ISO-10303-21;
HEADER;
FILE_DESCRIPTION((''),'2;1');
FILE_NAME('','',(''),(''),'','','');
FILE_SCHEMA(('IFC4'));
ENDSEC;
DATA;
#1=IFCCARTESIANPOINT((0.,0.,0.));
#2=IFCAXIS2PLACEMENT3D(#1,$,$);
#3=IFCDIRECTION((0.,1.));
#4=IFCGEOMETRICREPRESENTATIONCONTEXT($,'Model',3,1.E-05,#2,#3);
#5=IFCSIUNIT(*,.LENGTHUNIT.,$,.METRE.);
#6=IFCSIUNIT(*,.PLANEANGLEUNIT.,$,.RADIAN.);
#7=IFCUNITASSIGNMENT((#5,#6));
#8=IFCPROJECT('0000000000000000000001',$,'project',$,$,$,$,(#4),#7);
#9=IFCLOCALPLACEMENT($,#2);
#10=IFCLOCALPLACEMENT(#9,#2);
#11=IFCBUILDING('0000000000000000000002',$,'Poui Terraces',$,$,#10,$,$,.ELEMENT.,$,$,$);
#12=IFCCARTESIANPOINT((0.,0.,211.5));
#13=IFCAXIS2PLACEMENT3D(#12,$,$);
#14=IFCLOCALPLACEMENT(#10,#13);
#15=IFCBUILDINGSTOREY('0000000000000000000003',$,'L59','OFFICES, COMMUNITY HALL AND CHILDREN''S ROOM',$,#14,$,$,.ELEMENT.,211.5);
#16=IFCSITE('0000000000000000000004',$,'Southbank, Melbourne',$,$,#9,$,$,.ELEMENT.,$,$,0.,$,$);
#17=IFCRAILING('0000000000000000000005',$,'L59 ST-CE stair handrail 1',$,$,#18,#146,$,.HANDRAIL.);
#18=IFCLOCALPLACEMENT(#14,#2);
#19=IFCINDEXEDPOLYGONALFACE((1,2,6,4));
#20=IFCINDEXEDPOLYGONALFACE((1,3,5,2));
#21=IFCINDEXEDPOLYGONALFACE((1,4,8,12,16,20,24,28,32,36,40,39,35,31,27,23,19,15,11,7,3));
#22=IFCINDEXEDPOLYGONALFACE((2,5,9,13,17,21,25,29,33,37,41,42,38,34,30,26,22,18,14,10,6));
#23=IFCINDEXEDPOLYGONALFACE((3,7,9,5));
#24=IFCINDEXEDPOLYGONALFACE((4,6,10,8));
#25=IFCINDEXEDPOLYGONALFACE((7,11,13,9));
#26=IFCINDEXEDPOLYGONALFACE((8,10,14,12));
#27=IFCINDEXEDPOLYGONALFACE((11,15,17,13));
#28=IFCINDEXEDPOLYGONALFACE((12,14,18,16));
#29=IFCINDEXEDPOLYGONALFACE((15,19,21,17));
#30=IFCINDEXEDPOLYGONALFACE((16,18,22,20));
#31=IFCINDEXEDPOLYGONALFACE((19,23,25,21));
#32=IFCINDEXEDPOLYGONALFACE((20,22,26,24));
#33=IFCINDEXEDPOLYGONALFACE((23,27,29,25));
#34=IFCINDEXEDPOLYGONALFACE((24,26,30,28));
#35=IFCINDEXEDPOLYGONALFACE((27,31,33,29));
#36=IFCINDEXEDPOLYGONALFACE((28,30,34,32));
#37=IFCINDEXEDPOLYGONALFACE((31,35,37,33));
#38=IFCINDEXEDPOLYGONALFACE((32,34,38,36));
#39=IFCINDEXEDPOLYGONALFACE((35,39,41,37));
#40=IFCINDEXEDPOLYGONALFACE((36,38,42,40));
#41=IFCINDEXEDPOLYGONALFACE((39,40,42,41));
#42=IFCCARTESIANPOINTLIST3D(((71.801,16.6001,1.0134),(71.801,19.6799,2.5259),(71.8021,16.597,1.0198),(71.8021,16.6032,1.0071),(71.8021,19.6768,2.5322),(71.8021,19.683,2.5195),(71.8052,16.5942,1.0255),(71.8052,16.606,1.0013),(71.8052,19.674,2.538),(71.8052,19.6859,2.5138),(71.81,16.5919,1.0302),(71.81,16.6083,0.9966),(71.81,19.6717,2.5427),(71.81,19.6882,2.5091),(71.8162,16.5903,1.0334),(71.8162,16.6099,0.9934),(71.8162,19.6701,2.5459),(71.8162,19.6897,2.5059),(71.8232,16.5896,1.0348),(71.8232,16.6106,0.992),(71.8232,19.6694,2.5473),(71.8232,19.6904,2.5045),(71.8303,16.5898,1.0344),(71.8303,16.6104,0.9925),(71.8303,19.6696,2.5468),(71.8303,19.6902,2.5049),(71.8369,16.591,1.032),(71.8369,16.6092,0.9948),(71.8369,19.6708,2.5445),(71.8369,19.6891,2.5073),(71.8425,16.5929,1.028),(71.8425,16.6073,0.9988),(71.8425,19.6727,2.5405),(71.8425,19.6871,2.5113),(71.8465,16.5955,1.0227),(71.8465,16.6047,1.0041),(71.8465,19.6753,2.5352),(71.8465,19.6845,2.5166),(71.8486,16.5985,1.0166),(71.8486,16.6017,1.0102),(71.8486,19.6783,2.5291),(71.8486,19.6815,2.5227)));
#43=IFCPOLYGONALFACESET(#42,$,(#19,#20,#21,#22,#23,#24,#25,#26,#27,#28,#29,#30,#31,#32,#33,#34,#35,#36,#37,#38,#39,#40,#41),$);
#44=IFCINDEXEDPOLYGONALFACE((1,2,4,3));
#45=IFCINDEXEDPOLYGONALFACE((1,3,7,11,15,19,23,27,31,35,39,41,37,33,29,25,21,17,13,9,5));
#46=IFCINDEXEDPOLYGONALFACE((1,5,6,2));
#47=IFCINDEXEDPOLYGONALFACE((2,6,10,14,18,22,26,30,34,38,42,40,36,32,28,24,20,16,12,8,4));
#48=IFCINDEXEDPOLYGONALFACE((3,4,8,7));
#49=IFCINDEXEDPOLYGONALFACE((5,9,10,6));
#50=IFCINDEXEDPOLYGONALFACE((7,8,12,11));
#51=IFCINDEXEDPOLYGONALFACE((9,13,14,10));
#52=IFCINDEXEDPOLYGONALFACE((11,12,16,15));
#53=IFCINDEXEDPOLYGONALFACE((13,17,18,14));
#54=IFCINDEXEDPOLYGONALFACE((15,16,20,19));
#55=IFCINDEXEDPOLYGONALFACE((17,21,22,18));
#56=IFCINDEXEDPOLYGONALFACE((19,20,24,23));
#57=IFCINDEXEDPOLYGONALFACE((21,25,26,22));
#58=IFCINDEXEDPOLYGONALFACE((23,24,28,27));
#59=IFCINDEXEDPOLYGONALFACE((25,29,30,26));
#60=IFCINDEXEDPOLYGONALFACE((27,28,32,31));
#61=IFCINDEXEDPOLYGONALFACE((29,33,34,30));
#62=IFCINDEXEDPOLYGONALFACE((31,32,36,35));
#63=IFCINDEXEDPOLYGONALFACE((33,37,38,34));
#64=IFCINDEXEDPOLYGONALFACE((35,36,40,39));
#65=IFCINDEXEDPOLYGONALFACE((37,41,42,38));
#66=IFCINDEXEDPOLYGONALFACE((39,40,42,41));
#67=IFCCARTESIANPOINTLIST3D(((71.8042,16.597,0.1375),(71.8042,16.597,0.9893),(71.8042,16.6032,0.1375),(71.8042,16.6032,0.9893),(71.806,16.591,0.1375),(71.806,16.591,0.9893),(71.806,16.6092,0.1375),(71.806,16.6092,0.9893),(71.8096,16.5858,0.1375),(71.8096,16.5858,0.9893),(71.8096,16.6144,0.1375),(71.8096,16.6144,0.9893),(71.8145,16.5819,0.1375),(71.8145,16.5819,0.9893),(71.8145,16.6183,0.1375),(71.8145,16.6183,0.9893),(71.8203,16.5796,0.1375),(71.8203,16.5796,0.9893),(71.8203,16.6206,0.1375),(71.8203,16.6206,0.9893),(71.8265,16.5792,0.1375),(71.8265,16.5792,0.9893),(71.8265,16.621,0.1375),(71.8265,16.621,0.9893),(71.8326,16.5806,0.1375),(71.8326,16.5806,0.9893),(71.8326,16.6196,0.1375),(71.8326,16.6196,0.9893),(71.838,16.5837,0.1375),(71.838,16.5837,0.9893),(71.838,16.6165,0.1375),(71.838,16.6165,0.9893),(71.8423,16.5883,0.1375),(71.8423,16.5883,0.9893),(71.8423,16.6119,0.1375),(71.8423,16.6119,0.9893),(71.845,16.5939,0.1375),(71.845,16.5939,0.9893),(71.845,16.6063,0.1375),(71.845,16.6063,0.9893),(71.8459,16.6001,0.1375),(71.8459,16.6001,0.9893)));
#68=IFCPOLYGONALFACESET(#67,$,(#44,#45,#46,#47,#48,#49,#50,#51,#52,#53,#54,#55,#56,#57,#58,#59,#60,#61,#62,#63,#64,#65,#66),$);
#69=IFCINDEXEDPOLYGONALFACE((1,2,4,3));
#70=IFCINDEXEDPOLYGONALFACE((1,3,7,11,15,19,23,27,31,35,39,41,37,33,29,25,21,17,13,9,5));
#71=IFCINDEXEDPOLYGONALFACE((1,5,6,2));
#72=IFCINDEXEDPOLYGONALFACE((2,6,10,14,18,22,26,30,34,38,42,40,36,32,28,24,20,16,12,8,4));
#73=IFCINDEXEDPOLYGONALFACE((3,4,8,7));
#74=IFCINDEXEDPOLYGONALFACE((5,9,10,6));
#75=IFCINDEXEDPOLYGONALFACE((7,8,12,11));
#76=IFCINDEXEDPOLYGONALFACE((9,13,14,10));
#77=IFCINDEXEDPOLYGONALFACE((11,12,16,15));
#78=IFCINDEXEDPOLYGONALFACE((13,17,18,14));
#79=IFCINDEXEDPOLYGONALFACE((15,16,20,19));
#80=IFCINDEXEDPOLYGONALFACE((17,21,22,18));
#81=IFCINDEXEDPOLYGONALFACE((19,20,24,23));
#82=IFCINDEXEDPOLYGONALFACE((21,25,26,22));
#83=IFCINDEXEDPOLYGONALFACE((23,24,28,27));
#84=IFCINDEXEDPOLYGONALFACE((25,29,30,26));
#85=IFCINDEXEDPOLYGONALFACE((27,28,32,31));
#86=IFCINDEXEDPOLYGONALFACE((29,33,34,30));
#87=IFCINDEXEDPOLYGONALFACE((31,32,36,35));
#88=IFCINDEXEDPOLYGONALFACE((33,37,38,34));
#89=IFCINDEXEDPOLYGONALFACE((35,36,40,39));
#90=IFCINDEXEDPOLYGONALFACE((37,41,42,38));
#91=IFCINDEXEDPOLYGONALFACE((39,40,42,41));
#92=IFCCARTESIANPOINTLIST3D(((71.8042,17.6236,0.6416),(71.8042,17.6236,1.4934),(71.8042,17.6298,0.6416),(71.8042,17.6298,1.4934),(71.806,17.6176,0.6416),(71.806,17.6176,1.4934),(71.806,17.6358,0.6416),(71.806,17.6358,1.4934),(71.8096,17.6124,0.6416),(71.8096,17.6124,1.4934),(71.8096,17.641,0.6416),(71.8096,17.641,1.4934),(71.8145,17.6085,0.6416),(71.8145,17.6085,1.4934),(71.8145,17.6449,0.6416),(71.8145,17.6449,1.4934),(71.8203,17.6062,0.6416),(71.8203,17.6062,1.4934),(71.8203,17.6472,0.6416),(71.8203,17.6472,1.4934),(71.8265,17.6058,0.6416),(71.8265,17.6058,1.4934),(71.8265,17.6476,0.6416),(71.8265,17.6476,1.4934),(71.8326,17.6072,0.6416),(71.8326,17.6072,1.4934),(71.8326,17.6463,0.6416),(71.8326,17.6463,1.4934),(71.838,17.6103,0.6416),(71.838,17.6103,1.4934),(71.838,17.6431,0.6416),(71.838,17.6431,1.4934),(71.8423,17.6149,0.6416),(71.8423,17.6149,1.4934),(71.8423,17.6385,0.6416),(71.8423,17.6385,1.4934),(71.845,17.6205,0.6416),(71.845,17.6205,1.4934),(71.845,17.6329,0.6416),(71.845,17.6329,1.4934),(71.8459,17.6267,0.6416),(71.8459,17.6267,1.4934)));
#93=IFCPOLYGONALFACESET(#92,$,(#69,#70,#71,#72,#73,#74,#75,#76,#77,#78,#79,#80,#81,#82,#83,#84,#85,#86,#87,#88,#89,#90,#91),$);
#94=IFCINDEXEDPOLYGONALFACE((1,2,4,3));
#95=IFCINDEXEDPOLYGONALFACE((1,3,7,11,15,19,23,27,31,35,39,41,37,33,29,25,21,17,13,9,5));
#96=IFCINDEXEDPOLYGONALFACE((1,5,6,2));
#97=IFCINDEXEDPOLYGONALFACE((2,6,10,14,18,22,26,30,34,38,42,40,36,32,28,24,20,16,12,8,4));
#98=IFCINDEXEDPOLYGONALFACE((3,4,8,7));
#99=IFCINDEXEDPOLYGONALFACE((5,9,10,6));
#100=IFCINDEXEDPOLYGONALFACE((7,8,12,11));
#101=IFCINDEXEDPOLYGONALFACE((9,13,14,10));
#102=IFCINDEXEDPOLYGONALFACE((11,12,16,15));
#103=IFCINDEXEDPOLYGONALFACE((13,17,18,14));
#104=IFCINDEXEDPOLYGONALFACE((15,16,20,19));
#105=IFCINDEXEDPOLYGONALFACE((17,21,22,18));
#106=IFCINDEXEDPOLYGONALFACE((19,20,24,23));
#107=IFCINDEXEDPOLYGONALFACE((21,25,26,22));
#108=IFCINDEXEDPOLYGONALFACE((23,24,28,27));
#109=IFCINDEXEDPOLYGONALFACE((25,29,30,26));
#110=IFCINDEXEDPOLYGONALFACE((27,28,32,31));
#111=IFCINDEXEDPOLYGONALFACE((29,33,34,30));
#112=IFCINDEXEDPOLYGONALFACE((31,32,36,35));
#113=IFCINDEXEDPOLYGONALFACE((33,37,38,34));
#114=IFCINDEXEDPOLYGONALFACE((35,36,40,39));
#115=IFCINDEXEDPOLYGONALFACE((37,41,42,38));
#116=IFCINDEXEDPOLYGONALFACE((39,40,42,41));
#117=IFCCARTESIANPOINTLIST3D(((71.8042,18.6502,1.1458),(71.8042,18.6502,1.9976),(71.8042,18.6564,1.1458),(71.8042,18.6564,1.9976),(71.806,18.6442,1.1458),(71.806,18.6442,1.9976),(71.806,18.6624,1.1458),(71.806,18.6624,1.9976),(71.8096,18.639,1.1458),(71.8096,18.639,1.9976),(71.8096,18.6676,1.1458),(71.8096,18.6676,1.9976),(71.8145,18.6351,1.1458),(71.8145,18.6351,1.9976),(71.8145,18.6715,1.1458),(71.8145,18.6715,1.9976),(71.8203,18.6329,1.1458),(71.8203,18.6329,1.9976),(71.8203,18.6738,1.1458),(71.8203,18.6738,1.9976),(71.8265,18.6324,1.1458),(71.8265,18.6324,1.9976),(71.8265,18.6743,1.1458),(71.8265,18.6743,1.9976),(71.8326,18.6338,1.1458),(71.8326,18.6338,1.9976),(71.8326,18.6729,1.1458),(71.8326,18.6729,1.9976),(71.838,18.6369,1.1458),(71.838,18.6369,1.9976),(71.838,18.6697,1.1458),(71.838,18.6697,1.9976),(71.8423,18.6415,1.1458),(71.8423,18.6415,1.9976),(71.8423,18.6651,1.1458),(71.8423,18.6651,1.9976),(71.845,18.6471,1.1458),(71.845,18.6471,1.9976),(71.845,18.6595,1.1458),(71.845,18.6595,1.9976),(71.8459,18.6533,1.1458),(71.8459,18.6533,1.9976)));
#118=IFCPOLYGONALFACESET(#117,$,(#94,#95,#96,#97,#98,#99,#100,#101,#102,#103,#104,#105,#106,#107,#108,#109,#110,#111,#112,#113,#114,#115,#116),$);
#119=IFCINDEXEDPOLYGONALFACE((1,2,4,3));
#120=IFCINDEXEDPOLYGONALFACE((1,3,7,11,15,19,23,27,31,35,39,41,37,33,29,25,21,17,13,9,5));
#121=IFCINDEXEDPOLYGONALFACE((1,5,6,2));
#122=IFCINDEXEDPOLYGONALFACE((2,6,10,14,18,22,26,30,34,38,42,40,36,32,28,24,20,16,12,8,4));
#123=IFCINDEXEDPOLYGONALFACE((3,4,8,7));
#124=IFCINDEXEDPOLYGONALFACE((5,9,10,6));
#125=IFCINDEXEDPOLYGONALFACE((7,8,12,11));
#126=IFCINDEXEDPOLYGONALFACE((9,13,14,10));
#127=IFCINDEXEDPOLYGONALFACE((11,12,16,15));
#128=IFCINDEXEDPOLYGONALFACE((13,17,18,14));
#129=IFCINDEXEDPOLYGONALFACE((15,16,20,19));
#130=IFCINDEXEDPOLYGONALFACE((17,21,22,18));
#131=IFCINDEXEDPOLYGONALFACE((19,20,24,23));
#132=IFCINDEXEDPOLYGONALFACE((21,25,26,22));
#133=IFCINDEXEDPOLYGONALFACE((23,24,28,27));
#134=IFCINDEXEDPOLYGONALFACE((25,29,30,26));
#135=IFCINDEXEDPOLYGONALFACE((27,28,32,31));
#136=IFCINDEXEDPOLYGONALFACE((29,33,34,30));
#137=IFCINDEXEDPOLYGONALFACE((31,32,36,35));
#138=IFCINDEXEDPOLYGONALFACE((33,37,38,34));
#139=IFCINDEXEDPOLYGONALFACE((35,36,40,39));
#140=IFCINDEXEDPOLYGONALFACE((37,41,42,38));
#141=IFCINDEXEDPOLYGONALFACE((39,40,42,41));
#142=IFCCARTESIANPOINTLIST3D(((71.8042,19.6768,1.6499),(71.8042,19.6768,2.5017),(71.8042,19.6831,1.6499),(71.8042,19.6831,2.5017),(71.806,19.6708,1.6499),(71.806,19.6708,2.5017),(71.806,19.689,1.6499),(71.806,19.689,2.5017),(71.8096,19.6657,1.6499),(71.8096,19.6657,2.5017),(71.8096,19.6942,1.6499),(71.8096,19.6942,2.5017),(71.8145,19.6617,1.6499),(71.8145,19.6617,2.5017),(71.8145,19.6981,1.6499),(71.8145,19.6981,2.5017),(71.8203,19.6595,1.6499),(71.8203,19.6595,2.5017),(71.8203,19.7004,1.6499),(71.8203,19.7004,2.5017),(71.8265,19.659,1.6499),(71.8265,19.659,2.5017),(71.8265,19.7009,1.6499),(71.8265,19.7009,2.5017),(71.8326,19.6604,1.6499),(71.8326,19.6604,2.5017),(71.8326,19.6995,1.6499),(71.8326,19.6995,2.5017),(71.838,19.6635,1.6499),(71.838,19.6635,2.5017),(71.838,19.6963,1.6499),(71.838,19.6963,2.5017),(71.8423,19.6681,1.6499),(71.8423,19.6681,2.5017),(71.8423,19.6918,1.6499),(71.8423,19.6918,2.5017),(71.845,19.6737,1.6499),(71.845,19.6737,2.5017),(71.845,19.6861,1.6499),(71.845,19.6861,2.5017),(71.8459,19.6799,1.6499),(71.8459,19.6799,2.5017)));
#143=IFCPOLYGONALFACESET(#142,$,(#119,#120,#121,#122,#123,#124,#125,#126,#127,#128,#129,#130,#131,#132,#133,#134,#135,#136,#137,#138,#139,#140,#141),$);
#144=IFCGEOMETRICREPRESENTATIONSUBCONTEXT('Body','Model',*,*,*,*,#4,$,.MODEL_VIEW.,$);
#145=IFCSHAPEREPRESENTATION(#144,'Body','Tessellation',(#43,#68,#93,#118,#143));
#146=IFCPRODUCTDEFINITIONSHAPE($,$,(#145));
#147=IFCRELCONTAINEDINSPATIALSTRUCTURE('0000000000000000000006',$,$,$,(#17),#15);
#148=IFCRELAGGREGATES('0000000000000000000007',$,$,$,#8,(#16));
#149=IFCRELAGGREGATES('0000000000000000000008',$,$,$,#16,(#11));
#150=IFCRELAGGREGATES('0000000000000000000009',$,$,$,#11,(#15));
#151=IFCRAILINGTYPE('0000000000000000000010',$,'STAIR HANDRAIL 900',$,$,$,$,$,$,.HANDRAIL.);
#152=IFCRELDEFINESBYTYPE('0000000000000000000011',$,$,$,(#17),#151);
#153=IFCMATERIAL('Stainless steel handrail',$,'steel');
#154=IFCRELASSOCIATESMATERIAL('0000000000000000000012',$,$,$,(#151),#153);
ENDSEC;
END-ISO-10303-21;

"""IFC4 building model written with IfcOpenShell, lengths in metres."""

from ifc_helpers import new_model, si_unit, direction, frame, origin, origin_2d, place, context, subcontext, project, spatial, circle, extrude, material, type_object, element, save


model = new_model("IFC4")

# Units and contexts
model_context = context("Model", 3, precision=1e-05, world=origin(), true_north=direction((0.0, 1.0)))
body_context = subcontext(model_context, "Body", "Model", "MODEL_VIEW")
ifc_project = project(units=[si_unit("LENGTHUNIT", "METRE"), si_unit("PLANEANGLEUNIT", "RADIAN")], contexts=[model_context])

# Site, building, storey
site_placement = place(None, origin())
site = spatial("IfcSite", under=ifc_project, at=site_placement, Name="Southbank, Melbourne", CompositionType="ELEMENT", RefElevation=0.0)
building_placement = place(site_placement, origin())
building = spatial("IfcBuilding", under=site, at=building_placement, Name="Poui Terraces", CompositionType="ELEMENT")
storey_placement = place(building_placement, frame((0.0, 0.0, 211.5)))
storey = spatial("IfcBuildingStorey", under=building, at=storey_placement, Name="L59", Description="OFFICES, COMMUNITY HALL AND CHILDREN'S ROOM", CompositionType="ELEMENT", Elevation=211.5)

# Railing
ifc_material_1 = material(Name="Stainless steel handrail", Category="steel")
railing_type_1 = type_object("IfcRailingType", Name="STAIR HANDRAIL 900", PredefinedType="HANDRAIL", material=ifc_material_1)
for number, where, name in (
    (1, (71.825, 16.6001, 0.1375), "L59 ST-CE stair handrail 1"),
):
    element("IfcRailing", number, at=place(storey_placement, frame(where)), inside=storey, type_object=railing_type_1, Name=name, PredefinedType="HANDRAIL", context=body_context, shape_type="SweptSolid", body=[
        extrude(circle(Radius=0.0239, at=origin_2d()), frame((0.0, 0.0, 0.876), z_axis=(0.0, 0.897606, 0.440798), x_axis=(-1.0, 0.0, 0.0)), (0.0, 0.0, 1.0), 3.4312),
        extrude(circle(Radius=0.021, at=origin_2d()), origin(), (0.0, 0.0, 1.0), 0.8518),
        extrude(circle(Radius=0.021, at=origin_2d()), frame((0.0, 1.0266, 0.5042)), (0.0, 0.0, 1.0), 0.8518),
        extrude(circle(Radius=0.021, at=origin_2d()), frame((0.0, 2.0532, 1.0083)), (0.0, 0.0, 1.0), 0.8518),
        extrude(circle(Radius=0.021, at=origin_2d()), frame((0.0, 3.0798, 1.5125)), (0.0, 0.0, 1.0), 0.8518),
    ])

save(model, "model.ifc")
